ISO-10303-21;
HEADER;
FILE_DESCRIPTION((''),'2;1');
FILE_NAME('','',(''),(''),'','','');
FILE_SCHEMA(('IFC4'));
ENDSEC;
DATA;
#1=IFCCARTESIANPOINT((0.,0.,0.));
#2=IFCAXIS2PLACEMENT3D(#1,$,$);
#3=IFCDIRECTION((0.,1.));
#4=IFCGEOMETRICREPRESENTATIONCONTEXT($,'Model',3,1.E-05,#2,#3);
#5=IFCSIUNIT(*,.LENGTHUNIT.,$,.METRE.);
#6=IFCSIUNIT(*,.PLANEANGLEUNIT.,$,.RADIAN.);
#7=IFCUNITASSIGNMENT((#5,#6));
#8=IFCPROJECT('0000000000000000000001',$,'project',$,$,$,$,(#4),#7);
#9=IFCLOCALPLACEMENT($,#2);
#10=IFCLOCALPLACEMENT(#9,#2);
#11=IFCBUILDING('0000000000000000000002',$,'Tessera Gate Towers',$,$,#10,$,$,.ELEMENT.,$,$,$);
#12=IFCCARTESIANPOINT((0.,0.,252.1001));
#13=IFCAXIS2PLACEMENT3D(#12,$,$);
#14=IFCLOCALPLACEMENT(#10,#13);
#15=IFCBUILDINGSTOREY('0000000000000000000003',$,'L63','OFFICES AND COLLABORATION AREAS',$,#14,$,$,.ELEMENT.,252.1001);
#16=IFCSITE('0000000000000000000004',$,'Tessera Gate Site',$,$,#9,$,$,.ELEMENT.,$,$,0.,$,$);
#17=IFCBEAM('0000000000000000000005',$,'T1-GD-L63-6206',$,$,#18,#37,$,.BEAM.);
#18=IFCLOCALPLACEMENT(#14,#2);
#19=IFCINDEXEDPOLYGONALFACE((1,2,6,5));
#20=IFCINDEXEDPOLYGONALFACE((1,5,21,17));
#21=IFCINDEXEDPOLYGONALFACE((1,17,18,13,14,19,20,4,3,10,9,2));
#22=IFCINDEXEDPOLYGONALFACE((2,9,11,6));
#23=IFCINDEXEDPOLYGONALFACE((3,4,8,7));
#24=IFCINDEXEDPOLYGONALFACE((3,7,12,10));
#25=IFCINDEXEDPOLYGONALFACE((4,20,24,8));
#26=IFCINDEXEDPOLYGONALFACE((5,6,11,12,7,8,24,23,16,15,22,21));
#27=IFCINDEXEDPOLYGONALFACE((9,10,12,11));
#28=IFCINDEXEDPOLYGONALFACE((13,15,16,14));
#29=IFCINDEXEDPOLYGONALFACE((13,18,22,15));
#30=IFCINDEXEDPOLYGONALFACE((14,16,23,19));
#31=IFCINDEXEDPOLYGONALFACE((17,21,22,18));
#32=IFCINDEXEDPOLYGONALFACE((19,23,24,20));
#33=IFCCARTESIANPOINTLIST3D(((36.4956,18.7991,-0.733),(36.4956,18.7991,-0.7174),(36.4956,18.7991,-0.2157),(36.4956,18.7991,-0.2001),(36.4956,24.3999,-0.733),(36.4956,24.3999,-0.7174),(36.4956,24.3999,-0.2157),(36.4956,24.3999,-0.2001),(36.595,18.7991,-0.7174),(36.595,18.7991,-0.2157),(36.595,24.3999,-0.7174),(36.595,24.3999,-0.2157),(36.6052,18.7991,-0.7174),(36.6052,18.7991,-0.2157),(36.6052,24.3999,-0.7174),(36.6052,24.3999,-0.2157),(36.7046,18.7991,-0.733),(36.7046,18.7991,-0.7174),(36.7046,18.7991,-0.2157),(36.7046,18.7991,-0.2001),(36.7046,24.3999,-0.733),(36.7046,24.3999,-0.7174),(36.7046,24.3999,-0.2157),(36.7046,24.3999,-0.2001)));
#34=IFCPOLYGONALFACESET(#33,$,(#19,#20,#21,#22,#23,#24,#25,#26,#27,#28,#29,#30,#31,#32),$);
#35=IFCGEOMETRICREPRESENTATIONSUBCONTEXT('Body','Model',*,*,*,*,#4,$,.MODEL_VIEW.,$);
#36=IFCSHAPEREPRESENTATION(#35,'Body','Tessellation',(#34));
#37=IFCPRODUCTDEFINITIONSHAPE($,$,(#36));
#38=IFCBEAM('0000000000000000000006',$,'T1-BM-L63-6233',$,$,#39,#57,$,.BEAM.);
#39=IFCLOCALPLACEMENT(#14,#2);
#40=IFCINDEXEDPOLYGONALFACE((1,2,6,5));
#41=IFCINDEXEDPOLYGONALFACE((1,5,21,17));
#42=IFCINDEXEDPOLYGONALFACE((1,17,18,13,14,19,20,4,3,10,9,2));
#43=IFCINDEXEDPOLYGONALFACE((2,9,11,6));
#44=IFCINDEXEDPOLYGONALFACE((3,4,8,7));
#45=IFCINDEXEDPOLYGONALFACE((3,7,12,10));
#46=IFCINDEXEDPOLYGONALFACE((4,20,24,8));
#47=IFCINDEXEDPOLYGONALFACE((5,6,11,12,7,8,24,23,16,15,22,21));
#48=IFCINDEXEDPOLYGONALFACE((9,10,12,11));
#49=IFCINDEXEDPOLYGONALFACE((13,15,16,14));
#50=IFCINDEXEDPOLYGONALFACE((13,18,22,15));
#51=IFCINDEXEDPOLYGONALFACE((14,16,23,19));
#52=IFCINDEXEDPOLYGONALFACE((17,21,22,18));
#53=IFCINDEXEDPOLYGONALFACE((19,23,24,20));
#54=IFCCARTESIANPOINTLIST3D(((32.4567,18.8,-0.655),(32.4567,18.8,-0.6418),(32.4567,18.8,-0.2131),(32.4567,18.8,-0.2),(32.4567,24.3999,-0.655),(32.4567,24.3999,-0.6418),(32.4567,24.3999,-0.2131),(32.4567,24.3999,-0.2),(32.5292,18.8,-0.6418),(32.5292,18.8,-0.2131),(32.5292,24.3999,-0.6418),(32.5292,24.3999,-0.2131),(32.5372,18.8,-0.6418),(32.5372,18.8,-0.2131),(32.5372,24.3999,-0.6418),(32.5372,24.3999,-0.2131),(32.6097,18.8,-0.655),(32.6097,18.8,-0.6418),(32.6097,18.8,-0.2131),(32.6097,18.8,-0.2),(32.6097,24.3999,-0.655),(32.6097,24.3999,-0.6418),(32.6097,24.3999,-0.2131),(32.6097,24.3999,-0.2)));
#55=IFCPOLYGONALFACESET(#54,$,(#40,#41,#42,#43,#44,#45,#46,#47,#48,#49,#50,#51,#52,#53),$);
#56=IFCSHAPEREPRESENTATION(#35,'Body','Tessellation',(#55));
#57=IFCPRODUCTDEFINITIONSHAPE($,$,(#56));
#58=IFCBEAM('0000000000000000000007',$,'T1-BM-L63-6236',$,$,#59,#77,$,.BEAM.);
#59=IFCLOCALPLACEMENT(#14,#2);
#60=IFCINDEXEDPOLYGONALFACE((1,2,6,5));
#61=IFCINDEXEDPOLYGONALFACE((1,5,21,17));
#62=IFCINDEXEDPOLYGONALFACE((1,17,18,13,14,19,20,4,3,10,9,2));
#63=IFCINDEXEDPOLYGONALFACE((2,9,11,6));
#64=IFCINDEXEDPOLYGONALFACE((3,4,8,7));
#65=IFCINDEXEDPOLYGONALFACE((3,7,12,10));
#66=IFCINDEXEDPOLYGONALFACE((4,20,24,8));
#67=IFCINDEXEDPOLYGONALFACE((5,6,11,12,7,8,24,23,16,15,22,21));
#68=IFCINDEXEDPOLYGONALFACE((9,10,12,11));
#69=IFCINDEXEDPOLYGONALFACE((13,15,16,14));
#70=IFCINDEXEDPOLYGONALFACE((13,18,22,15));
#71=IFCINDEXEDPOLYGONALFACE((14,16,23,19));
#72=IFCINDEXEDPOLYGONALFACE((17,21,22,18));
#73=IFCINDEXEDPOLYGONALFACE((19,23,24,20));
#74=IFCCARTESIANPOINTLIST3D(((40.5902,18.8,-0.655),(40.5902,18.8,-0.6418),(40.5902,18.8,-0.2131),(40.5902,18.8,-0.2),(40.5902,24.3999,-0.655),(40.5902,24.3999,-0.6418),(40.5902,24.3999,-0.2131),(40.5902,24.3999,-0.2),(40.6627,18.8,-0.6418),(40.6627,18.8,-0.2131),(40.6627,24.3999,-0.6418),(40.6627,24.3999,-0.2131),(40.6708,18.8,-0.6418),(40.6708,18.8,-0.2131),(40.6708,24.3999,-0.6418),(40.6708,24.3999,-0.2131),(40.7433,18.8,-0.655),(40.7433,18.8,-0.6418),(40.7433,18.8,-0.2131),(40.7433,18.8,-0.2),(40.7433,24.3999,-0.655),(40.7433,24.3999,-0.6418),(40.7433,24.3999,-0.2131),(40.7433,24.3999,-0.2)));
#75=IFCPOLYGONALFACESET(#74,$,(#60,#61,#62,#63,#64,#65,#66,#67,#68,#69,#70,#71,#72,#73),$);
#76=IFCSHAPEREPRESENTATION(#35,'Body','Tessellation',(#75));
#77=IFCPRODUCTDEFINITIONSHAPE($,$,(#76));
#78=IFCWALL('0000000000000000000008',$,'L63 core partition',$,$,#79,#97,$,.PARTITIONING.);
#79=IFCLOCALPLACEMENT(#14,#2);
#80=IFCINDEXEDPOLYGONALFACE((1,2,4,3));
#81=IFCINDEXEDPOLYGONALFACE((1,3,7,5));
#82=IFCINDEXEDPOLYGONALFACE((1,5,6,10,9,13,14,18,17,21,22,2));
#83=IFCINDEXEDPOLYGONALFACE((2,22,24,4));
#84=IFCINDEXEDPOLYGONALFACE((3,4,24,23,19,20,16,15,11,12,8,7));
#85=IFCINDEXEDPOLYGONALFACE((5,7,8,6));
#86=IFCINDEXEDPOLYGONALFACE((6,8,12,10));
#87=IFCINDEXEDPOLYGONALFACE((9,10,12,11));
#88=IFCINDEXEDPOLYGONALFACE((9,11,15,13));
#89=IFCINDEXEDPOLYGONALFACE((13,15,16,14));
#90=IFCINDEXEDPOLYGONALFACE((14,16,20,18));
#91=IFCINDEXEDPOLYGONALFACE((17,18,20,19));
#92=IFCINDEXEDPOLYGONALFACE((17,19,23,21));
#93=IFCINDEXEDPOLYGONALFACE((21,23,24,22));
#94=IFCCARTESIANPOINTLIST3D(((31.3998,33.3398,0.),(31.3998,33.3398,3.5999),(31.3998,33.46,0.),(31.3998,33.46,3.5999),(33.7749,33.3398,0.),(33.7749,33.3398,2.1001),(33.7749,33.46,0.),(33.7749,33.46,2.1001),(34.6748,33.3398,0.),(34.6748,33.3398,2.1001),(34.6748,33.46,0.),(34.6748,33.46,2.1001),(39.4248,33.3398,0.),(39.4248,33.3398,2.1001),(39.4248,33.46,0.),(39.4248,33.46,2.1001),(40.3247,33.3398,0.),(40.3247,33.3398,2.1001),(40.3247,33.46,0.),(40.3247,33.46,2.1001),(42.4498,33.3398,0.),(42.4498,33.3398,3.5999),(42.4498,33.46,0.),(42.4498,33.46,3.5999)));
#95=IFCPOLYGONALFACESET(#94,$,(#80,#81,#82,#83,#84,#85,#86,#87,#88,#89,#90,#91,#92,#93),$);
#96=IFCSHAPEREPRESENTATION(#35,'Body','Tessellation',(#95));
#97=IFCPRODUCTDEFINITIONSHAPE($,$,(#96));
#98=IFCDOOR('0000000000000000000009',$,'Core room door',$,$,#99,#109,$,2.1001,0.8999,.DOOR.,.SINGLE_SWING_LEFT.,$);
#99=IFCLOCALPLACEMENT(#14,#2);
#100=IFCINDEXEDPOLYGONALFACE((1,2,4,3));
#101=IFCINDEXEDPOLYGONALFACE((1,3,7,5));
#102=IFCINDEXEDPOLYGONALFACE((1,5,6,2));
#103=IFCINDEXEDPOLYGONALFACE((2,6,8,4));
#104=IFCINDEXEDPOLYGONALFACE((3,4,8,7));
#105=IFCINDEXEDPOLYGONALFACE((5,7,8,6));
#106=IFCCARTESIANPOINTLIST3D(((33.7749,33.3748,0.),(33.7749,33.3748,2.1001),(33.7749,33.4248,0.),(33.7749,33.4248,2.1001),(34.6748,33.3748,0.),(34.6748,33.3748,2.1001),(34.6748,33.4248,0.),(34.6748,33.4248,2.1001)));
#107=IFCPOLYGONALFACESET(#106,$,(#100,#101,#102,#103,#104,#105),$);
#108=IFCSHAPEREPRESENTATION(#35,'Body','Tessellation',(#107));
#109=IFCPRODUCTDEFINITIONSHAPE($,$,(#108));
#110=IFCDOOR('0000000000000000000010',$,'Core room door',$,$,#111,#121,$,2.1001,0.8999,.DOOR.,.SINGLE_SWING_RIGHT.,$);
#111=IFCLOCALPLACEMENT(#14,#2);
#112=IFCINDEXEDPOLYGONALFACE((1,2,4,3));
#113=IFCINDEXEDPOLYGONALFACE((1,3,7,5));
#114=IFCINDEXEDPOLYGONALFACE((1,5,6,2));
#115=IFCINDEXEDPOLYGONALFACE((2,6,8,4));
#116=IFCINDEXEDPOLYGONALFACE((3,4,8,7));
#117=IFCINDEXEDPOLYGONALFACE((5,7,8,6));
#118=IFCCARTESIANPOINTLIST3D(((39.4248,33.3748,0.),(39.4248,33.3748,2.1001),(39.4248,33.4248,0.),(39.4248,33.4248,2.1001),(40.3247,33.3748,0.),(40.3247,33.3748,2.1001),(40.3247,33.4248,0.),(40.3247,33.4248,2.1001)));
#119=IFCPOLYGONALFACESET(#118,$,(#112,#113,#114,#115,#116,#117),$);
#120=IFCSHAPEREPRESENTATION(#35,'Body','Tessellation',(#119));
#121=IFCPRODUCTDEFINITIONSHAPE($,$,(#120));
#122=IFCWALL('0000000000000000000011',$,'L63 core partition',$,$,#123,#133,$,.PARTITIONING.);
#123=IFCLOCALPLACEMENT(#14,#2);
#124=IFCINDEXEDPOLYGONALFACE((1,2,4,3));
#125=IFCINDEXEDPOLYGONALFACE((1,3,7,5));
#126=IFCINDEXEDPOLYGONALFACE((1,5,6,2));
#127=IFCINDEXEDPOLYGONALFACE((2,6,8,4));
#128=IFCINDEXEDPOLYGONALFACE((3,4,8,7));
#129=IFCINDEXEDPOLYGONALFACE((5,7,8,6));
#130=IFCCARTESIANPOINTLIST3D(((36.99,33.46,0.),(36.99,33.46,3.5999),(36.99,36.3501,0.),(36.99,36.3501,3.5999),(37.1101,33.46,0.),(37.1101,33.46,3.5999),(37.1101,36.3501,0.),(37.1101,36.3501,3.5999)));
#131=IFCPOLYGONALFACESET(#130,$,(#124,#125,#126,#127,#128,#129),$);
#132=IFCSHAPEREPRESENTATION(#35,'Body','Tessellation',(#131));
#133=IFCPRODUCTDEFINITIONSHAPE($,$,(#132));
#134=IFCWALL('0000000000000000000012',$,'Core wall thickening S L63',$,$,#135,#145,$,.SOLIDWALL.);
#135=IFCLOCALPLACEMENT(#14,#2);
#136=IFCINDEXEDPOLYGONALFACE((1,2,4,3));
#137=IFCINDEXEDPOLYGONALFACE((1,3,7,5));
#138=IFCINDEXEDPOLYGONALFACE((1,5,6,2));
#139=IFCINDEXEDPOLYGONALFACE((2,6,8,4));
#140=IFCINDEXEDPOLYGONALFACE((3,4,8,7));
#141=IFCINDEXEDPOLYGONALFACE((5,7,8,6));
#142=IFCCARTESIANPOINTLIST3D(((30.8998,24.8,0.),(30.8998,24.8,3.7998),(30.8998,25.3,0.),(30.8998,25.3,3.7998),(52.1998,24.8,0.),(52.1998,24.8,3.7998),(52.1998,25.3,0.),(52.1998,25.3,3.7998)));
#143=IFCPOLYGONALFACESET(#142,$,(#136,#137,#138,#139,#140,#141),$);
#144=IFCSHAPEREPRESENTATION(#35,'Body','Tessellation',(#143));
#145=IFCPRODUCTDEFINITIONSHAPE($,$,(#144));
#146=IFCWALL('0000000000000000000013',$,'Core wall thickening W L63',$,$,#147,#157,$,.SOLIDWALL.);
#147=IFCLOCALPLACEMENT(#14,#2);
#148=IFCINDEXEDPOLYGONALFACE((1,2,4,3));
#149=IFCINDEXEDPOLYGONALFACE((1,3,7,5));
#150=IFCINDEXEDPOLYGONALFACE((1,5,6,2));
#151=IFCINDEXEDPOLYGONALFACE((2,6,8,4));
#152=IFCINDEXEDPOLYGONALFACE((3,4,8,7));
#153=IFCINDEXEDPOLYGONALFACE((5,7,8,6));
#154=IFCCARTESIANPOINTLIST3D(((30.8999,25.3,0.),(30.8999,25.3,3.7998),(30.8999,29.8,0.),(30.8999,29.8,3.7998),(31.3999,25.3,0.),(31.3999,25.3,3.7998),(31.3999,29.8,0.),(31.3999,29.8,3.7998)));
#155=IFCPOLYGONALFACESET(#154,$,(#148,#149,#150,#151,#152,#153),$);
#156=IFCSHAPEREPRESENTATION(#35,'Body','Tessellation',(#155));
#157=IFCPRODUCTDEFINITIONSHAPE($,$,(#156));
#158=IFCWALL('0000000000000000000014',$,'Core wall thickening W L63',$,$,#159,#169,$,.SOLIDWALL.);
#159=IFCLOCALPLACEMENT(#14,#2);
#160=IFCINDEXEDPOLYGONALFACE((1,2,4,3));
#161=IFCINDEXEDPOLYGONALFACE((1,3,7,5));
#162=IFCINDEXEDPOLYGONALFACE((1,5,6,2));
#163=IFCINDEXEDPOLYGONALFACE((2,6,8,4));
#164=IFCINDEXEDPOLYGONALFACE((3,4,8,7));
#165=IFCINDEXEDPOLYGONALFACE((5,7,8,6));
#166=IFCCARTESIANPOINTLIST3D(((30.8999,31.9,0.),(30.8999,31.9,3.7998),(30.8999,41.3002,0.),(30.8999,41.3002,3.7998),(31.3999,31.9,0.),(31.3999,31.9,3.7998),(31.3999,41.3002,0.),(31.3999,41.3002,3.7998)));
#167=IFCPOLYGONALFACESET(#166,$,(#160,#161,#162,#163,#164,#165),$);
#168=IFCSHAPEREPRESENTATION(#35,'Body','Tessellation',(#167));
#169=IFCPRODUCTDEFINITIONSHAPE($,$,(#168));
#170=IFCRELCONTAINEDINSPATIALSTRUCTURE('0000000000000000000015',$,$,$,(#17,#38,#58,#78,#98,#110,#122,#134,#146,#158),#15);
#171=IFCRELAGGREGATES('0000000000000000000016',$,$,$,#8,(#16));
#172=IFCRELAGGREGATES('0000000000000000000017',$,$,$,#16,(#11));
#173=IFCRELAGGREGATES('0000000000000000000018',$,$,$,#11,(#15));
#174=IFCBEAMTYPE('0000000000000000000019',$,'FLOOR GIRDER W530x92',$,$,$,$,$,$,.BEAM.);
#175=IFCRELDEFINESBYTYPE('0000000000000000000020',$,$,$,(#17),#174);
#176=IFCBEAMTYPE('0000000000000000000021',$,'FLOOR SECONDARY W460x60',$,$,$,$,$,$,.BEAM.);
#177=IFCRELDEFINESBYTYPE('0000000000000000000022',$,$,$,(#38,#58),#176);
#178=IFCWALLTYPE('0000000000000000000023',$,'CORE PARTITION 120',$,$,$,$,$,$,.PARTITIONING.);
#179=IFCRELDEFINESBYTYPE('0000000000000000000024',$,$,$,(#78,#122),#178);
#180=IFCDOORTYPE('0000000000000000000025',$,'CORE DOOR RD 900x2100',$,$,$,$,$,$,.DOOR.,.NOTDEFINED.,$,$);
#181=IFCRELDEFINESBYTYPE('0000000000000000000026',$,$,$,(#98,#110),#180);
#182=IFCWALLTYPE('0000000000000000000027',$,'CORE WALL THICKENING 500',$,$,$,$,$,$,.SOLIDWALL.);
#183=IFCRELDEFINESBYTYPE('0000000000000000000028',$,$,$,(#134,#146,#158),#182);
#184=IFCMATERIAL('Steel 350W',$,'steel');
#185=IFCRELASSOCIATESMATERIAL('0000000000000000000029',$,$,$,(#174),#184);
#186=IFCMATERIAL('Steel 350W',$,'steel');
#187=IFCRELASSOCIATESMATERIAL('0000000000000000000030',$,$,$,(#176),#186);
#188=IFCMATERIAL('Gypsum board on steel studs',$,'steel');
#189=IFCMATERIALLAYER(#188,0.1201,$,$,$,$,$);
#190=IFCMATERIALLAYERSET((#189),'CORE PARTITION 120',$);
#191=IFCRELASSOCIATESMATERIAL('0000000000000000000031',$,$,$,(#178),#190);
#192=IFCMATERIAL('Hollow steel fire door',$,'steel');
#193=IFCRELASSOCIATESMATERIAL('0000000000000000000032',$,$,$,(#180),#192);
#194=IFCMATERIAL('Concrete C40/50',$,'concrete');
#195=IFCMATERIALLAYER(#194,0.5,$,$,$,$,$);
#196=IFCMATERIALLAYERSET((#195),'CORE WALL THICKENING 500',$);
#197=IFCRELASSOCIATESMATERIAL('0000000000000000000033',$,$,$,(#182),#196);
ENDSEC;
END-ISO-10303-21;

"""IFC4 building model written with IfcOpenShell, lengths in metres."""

from ifc_helpers import new_model, si_unit, direction, frame, frame_2d, origin, origin_2d, place, context, subcontext, project, spatial, rectangle, i_section, extrude, source, transform, mapped, material, layer, layer_set, material_profile, profile_set, type_object, element, fill, save


model = new_model("IFC4")

# Units and contexts
model_context = context("Model", 3, precision=1e-05, world=origin(), true_north=direction((0.0, 1.0)))
body_context = subcontext(model_context, "Body", "Model", "MODEL_VIEW")
ifc_project = project(units=[si_unit("LENGTHUNIT", "METRE"), si_unit("PLANEANGLEUNIT", "RADIAN")], contexts=[model_context])

# Site, building, storey
site_placement = place(None, origin())
site = spatial("IfcSite", under=ifc_project, at=site_placement, Name="Tessera Gate Site", CompositionType="ELEMENT", RefElevation=0.0)
building_placement = place(site_placement, origin())
building = spatial("IfcBuilding", under=site, at=building_placement, Name="Tessera Gate Towers", CompositionType="ELEMENT")
storey_placement = place(building_placement, frame((0.0, 0.0, 252.1001)))
storey = spatial("IfcBuildingStorey", under=building, at=storey_placement, Name="L63", Description="OFFICES AND COLLABORATION AREAS", CompositionType="ELEMENT", Elevation=252.1001)

# Beams
ifc_material_1 = material(Name="Steel 350W", Category="steel")
ifc_material_profile_1 = material_profile(ifc_material_1, i_section(OverallWidth=0.209, OverallDepth=0.533, WebThickness=0.0103, FlangeThickness=0.0156, at=origin_2d()), Name="W530x92")
ifc_profile_set_1 = profile_set([ifc_material_profile_1], Name="Steel 350W")
beam_type_1 = type_object("IfcBeamType", Name="FLOOR GIRDER W530x92", PredefinedType="BEAM", material=ifc_profile_set_1)
beam_placement = place(storey_placement, frame((36.6001, 18.7991, -0.4666), z_axis=(0.0, 1.0, 0.0), x_axis=(-1.0, 0.0, 0.0)))
element("IfcBeam", 1, at=beam_placement, inside=storey, type_object=beam_type_1, Name="T1-GD-L63-6206", PredefinedType="BEAM", context=body_context, shape_type="SweptSolid", body=[
    extrude(i_section(OverallWidth=0.209, OverallDepth=0.533, WebThickness=0.0103, FlangeThickness=0.0156, at=origin_2d()), origin(), (0.0, 0.0, 1.0), 5.6008),
])
ifc_material_2 = material(Name="Steel 350W", Category="steel")
ifc_material_profile_2 = material_profile(ifc_material_2, i_section(OverallWidth=0.1531, OverallDepth=0.4551, WebThickness=0.0081, FlangeThickness=0.0132, at=origin_2d()), Name="W460x60")
ifc_profile_set_2 = profile_set([ifc_material_profile_2], Name="Steel 350W")
beam_type_2 = type_object("IfcBeamType", Name="FLOOR SECONDARY W460x60", PredefinedType="BEAM", material=ifc_profile_set_2)
for number, where, z_axis, x_axis, name in (
    (2, (32.5332, 18.8, -0.4275), (0.0, 1.0, 0.0), (-1.0, 0.0, 0.0), "T1-BM-L63-6233"),
    (3, (40.6667, 18.8, -0.4275), (0.0, 1.0, 0.0), (-1.0, 0.0, 0.0), "T1-BM-L63-6236"),
):
    element("IfcBeam", number, at=place(storey_placement, frame(where, z_axis=z_axis, x_axis=x_axis)), inside=storey, type_object=beam_type_2, Name=name, PredefinedType="BEAM", context=body_context, shape_type="SweptSolid", body=[
        extrude(i_section(OverallWidth=0.1531, OverallDepth=0.4551, WebThickness=0.0081, FlangeThickness=0.0132, at=origin_2d()), origin(), (0.0, 0.0, 1.0), 5.5999),
    ])

# Wall, openings, doors
ifc_material_3 = material(Name="Gypsum board on steel studs", Category="steel")
ifc_layer_1 = layer(ifc_material_3, 0.1201)
ifc_layer_set_1 = layer_set([ifc_layer_1], Name="CORE PARTITION 120")
wall_type_1 = type_object("IfcWallType", Name="CORE PARTITION 120", PredefinedType="PARTITIONING", material=ifc_layer_set_1)
wall_1_placement = place(storey_placement, frame((31.3999, 33.3999, 0.0), z_axis=(0.0, 0.0, 1.0), x_axis=(1.0, 0.0, 0.0)))
wall_1 = element("IfcWall", 4, at=wall_1_placement, inside=storey, type_object=wall_type_1, Name="L63 core partition", PredefinedType="PARTITIONING", context=body_context, shape_type="SweptSolid", body=[
    extrude(rectangle(XDim=11.05, YDim=0.1201, at=frame_2d((5.5249, 0.0))), origin(), (0.0, 0.0, 1.0), 3.5999),
])
shared_shape_1 = source(origin(), body_context, "Body", "SweptSolid", [
    extrude(rectangle(XDim=0.8999, YDim=2.1001, at=frame_2d((0.45, 1.05))), frame((0.0, 0.0701, 0.0), z_axis=(0.0, -1.0, 0.0), x_axis=(1.0, 0.0, 0.0)), (0.0, 0.0, 1.0), 0.1401),
])
opening_1_placement = place(wall_1_placement, frame((2.375, 0.0, 0.0)))
opening_1 = element("IfcOpeningElement", 5, at=opening_1_placement, cuts=wall_1, PredefinedType="OPENING", context=body_context, shape_type="MappedRepresentation", body=[
    mapped(shared_shape_1, transform((0.0, 0.0, 0.0), scale=1.0)),
])
opening_2_placement = place(wall_1_placement, frame((8.0249, 0.0, 0.0)))
opening_2 = element("IfcOpeningElement", 6, at=opening_2_placement, cuts=wall_1, PredefinedType="OPENING", context=body_context, shape_type="MappedRepresentation", body=[
    mapped(shared_shape_1, transform((0.0, 0.0, 0.0), scale=1.0)),
])
ifc_material_4 = material(Name="Hollow steel fire door", Category="steel")
door_type_1 = type_object("IfcDoorType", Name="CORE DOOR RD 900x2100", OperationType="NOTDEFINED", PredefinedType="DOOR", material=ifc_material_4)
shared_shape_2 = source(origin(), body_context, "Body", "SweptSolid", [
    extrude(rectangle(XDim=0.8999, YDim=2.1001, at=frame_2d((0.45, 1.05))), frame((0.0, 0.0249, 0.0), z_axis=(0.0, -1.0, 0.0), x_axis=(1.0, 0.0, 0.0)), (0.0, 0.0, 1.0), 0.05),
])
door_1_placement = place(opening_1_placement, origin())
door_1 = element("IfcDoor", 7, at=door_1_placement, inside=storey, type_object=door_type_1, Name="Core room door", OperationType="SINGLE_SWING_LEFT", OverallHeight=2.1001, OverallWidth=0.8999, PredefinedType="DOOR", context=body_context, shape_type="MappedRepresentation", body=[
    mapped(shared_shape_2, transform((0.0, 0.0, 0.0), scale=1.0)),
])
fill(opening_1, door_1)
door_2_placement = place(opening_2_placement, origin())
door_2 = element("IfcDoor", 8, at=door_2_placement, inside=storey, type_object=door_type_1, Name="Core room door", OperationType="SINGLE_SWING_RIGHT", OverallHeight=2.1001, OverallWidth=0.8999, PredefinedType="DOOR", context=body_context, shape_type="MappedRepresentation", body=[
    mapped(shared_shape_2, transform((0.0, 0.0, 0.0), scale=1.0)),
])
fill(opening_2, door_2)

# Wall
wall_2_placement = place(storey_placement, frame((37.05, 33.46, 0.0), z_axis=(0.0, 0.0, 1.0), x_axis=(0.0, 1.0, 0.0)))
element("IfcWall", 9, at=wall_2_placement, inside=storey, type_object=wall_type_1, Name="L63 core partition", PredefinedType="PARTITIONING", context=body_context, shape_type="SweptSolid", body=[
    extrude(rectangle(XDim=2.8901, YDim=0.1201, at=frame_2d((1.4451, 0.0))), origin(), (0.0, 0.0, 1.0), 3.5999),
])

# Walls
ifc_material_5 = material(Name="Concrete C40/50", Category="concrete")
ifc_layer_2 = layer(ifc_material_5, 0.5)
ifc_layer_set_2 = layer_set([ifc_layer_2], Name="CORE WALL THICKENING 500")
wall_type_2 = type_object("IfcWallType", Name="CORE WALL THICKENING 500", PredefinedType="SOLIDWALL", material=ifc_layer_set_2)
wall_3_placement = place(storey_placement, frame((30.8999, 25.05, 0.0), z_axis=(0.0, 0.0, 1.0), x_axis=(1.0, 0.0, 0.0)))
element("IfcWall", 10, at=wall_3_placement, inside=storey, type_object=wall_type_2, Name="Core wall thickening S L63", PredefinedType="SOLIDWALL", context=body_context, shape_type="SweptSolid", body=[
    extrude(rectangle(XDim=21.3, YDim=0.5, at=frame_2d((10.6499, 0.0))), origin(), (0.0, 0.0, 1.0), 3.7998),
])
wall_4_placement = place(storey_placement, frame((31.1499, 25.3, 0.0), z_axis=(0.0, 0.0, 1.0), x_axis=(0.0, 1.0, 0.0)))
element("IfcWall", 11, at=wall_4_placement, inside=storey, type_object=wall_type_2, Name="Core wall thickening W L63", PredefinedType="SOLIDWALL", context=body_context, shape_type="SweptSolid", body=[
    extrude(rectangle(XDim=4.5, YDim=0.5, at=frame_2d((2.25, 0.0))), origin(), (0.0, 0.0, 1.0), 3.7998),
])
wall_5_placement = place(storey_placement, frame((31.1499, 31.8999, 0.0), z_axis=(0.0, 0.0, 1.0), x_axis=(0.0, 1.0, 0.0)))
element("IfcWall", 12, at=wall_5_placement, inside=storey, type_object=wall_type_2, Name="Core wall thickening W L63", PredefinedType="SOLIDWALL", context=body_context, shape_type="SweptSolid", body=[
    extrude(rectangle(XDim=9.4001, YDim=0.5, at=frame_2d((4.7002, 0.0))), origin(), (0.0, 0.0, 1.0), 3.7998),
])

save(model, "model.ifc")
